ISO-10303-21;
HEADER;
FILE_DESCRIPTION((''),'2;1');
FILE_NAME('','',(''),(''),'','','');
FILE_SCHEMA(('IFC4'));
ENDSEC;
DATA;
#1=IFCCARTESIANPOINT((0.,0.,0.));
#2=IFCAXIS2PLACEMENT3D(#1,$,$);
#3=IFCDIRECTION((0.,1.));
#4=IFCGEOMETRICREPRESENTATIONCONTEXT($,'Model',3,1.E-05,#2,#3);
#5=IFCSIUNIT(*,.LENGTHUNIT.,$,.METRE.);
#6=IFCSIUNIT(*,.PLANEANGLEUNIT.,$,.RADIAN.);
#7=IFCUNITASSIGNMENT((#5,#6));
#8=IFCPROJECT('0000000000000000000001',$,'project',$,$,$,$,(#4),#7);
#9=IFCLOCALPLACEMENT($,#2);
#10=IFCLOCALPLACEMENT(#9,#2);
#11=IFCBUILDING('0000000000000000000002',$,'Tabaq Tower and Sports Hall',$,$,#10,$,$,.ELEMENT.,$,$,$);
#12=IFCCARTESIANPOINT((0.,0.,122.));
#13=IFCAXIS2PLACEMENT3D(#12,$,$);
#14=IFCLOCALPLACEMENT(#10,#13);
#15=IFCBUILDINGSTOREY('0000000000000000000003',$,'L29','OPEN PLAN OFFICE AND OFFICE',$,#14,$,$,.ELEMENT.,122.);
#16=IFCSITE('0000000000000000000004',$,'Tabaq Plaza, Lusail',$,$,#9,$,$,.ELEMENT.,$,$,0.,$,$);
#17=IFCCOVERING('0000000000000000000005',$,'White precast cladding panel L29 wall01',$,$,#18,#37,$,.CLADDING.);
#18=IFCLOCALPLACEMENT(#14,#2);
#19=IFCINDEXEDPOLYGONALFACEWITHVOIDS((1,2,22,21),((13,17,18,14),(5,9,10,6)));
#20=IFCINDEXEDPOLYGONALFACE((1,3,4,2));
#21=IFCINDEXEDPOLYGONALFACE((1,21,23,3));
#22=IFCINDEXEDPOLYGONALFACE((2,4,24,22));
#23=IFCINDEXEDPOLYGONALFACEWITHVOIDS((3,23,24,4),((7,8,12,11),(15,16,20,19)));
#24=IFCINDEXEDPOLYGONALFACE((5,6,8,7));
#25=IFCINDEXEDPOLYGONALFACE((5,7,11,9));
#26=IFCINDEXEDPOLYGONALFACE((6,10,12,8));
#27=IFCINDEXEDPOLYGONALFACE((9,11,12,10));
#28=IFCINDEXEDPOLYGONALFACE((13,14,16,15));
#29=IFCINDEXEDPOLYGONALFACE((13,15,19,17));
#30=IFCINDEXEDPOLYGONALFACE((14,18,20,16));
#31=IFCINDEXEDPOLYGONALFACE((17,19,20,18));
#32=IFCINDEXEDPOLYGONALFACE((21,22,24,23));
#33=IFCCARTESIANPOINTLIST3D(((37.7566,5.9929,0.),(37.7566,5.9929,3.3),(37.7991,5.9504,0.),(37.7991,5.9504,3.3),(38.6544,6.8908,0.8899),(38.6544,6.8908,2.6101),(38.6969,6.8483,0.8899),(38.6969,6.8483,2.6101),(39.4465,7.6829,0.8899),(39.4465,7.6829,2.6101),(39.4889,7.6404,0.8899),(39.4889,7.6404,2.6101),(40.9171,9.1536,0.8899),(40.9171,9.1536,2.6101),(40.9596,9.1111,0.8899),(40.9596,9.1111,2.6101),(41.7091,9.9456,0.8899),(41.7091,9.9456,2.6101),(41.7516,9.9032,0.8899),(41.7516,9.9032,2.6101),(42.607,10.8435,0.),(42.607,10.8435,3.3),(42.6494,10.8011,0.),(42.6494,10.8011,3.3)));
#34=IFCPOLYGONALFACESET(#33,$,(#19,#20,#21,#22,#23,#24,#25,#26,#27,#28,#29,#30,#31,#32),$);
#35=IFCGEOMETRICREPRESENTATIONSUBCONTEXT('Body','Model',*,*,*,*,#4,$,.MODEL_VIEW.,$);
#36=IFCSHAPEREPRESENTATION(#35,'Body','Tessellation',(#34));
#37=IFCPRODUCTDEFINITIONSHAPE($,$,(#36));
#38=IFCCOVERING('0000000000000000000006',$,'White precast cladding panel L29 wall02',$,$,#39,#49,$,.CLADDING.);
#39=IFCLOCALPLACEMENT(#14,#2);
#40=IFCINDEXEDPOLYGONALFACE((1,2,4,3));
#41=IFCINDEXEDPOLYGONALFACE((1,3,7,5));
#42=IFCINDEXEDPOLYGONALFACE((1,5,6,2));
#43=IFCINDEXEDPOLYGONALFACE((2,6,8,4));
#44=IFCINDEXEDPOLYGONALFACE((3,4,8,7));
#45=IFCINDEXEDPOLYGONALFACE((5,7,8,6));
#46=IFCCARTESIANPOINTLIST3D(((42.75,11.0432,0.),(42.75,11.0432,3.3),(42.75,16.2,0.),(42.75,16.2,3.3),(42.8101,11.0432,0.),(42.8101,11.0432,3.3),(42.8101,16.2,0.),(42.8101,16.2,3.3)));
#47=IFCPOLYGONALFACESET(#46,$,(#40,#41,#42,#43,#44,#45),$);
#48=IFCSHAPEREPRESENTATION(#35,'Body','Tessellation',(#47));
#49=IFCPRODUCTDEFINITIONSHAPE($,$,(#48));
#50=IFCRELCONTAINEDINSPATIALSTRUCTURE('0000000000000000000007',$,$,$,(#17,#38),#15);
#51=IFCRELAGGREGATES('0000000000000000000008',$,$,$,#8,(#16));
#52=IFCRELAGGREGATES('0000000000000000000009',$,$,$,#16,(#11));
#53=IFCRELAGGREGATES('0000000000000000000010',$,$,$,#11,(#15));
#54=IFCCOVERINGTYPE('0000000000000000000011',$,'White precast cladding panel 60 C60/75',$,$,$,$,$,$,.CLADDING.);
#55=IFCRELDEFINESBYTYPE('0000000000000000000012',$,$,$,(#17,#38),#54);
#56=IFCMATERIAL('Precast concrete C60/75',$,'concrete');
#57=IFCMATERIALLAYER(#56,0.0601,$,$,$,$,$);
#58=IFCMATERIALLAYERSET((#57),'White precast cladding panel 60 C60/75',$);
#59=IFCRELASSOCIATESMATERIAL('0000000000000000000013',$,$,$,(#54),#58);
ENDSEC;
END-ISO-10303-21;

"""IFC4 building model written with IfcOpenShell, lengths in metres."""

from ifc_helpers import new_model, si_unit, direction, frame, frame_2d, origin, place, context, subcontext, project, spatial, polyline, rectangle, outline, extrude, material, layer, layer_set, type_object, element, save


model = new_model("IFC4")

# Units and contexts
model_context = context("Model", 3, precision=1e-05, world=origin(), true_north=direction((0.0, 1.0)))
body_context = subcontext(model_context, "Body", "Model", "MODEL_VIEW")
ifc_project = project(units=[si_unit("LENGTHUNIT", "METRE"), si_unit("PLANEANGLEUNIT", "RADIAN")], contexts=[model_context])

# Site, building, storey
site_placement = place(None, origin())
site = spatial("IfcSite", under=ifc_project, at=site_placement, Name="Tabaq Plaza, Lusail", CompositionType="ELEMENT", RefElevation=0.0)
building_placement = place(site_placement, origin())
building = spatial("IfcBuilding", under=site, at=building_placement, Name="Tabaq Tower and Sports Hall", CompositionType="ELEMENT")
storey_placement = place(building_placement, frame((0.0, 0.0, 122.0)))
storey = spatial("IfcBuildingStorey", under=building, at=storey_placement, Name="L29", Description="OPEN PLAN OFFICE AND OFFICE", CompositionType="ELEMENT", Elevation=122.0)

# Coverings
ifc_material_1 = material(Name="Precast concrete C60/75", Category="concrete")
ifc_layer_1 = layer(ifc_material_1, 0.0601)
ifc_layer_set_1 = layer_set([ifc_layer_1], Name="White precast cladding panel 60 C60/75")
covering_type = type_object("IfcCoveringType", Name="White precast cladding panel 60 C60/75", PredefinedType="CLADDING", material=ifc_layer_set_1)
covering_1_placement = place(storey_placement, frame((37.7778, 5.9717, 0.0), z_axis=(0.0, 0.0, 1.0), x_axis=(0.707089, 0.707125, 0.0)))
element("IfcCovering", 1, at=covering_1_placement, inside=storey, type_object=covering_type, Name="White precast cladding panel L29 wall01", PredefinedType="CLADDING", context=body_context, shape_type="SweptSolid", body=[
    extrude(outline(polyline([(0.0, 0.0), (6.8596, 0.0), (6.8596, 3.3), (0.0, 3.3), (0.0, 0.0)]), holes=[polyline([(1.2698, 2.6101), (2.3899, 2.6101), (2.3899, 0.8899), (1.2698, 0.8899), (1.2698, 2.6101)]), polyline([(4.4697, 2.6101), (5.5898, 2.6101), (5.5898, 0.8899), (4.4697, 0.8899), (4.4697, 2.6101)])]), frame((0.0, 0.03, 0.0), z_axis=(0.0, -1.0, 0.0), x_axis=(1.0, 0.0, 0.0)), (0.0, 0.0, 1.0), 0.0601),
])
covering_2_placement = place(storey_placement, frame((42.78, 11.0432, 0.0), z_axis=(0.0, 0.0, 1.0), x_axis=(0.0, 1.0, 0.0)))
element("IfcCovering", 2, at=covering_2_placement, inside=storey, type_object=covering_type, Name="White precast cladding panel L29 wall02", PredefinedType="CLADDING", context=body_context, shape_type="SweptSolid", body=[
    extrude(rectangle(XDim=5.1567, YDim=0.0601, at=frame_2d((2.5784, 0.0))), origin(), (0.0, 0.0, 1.0), 3.3),
])

save(model, "model.ifc")
